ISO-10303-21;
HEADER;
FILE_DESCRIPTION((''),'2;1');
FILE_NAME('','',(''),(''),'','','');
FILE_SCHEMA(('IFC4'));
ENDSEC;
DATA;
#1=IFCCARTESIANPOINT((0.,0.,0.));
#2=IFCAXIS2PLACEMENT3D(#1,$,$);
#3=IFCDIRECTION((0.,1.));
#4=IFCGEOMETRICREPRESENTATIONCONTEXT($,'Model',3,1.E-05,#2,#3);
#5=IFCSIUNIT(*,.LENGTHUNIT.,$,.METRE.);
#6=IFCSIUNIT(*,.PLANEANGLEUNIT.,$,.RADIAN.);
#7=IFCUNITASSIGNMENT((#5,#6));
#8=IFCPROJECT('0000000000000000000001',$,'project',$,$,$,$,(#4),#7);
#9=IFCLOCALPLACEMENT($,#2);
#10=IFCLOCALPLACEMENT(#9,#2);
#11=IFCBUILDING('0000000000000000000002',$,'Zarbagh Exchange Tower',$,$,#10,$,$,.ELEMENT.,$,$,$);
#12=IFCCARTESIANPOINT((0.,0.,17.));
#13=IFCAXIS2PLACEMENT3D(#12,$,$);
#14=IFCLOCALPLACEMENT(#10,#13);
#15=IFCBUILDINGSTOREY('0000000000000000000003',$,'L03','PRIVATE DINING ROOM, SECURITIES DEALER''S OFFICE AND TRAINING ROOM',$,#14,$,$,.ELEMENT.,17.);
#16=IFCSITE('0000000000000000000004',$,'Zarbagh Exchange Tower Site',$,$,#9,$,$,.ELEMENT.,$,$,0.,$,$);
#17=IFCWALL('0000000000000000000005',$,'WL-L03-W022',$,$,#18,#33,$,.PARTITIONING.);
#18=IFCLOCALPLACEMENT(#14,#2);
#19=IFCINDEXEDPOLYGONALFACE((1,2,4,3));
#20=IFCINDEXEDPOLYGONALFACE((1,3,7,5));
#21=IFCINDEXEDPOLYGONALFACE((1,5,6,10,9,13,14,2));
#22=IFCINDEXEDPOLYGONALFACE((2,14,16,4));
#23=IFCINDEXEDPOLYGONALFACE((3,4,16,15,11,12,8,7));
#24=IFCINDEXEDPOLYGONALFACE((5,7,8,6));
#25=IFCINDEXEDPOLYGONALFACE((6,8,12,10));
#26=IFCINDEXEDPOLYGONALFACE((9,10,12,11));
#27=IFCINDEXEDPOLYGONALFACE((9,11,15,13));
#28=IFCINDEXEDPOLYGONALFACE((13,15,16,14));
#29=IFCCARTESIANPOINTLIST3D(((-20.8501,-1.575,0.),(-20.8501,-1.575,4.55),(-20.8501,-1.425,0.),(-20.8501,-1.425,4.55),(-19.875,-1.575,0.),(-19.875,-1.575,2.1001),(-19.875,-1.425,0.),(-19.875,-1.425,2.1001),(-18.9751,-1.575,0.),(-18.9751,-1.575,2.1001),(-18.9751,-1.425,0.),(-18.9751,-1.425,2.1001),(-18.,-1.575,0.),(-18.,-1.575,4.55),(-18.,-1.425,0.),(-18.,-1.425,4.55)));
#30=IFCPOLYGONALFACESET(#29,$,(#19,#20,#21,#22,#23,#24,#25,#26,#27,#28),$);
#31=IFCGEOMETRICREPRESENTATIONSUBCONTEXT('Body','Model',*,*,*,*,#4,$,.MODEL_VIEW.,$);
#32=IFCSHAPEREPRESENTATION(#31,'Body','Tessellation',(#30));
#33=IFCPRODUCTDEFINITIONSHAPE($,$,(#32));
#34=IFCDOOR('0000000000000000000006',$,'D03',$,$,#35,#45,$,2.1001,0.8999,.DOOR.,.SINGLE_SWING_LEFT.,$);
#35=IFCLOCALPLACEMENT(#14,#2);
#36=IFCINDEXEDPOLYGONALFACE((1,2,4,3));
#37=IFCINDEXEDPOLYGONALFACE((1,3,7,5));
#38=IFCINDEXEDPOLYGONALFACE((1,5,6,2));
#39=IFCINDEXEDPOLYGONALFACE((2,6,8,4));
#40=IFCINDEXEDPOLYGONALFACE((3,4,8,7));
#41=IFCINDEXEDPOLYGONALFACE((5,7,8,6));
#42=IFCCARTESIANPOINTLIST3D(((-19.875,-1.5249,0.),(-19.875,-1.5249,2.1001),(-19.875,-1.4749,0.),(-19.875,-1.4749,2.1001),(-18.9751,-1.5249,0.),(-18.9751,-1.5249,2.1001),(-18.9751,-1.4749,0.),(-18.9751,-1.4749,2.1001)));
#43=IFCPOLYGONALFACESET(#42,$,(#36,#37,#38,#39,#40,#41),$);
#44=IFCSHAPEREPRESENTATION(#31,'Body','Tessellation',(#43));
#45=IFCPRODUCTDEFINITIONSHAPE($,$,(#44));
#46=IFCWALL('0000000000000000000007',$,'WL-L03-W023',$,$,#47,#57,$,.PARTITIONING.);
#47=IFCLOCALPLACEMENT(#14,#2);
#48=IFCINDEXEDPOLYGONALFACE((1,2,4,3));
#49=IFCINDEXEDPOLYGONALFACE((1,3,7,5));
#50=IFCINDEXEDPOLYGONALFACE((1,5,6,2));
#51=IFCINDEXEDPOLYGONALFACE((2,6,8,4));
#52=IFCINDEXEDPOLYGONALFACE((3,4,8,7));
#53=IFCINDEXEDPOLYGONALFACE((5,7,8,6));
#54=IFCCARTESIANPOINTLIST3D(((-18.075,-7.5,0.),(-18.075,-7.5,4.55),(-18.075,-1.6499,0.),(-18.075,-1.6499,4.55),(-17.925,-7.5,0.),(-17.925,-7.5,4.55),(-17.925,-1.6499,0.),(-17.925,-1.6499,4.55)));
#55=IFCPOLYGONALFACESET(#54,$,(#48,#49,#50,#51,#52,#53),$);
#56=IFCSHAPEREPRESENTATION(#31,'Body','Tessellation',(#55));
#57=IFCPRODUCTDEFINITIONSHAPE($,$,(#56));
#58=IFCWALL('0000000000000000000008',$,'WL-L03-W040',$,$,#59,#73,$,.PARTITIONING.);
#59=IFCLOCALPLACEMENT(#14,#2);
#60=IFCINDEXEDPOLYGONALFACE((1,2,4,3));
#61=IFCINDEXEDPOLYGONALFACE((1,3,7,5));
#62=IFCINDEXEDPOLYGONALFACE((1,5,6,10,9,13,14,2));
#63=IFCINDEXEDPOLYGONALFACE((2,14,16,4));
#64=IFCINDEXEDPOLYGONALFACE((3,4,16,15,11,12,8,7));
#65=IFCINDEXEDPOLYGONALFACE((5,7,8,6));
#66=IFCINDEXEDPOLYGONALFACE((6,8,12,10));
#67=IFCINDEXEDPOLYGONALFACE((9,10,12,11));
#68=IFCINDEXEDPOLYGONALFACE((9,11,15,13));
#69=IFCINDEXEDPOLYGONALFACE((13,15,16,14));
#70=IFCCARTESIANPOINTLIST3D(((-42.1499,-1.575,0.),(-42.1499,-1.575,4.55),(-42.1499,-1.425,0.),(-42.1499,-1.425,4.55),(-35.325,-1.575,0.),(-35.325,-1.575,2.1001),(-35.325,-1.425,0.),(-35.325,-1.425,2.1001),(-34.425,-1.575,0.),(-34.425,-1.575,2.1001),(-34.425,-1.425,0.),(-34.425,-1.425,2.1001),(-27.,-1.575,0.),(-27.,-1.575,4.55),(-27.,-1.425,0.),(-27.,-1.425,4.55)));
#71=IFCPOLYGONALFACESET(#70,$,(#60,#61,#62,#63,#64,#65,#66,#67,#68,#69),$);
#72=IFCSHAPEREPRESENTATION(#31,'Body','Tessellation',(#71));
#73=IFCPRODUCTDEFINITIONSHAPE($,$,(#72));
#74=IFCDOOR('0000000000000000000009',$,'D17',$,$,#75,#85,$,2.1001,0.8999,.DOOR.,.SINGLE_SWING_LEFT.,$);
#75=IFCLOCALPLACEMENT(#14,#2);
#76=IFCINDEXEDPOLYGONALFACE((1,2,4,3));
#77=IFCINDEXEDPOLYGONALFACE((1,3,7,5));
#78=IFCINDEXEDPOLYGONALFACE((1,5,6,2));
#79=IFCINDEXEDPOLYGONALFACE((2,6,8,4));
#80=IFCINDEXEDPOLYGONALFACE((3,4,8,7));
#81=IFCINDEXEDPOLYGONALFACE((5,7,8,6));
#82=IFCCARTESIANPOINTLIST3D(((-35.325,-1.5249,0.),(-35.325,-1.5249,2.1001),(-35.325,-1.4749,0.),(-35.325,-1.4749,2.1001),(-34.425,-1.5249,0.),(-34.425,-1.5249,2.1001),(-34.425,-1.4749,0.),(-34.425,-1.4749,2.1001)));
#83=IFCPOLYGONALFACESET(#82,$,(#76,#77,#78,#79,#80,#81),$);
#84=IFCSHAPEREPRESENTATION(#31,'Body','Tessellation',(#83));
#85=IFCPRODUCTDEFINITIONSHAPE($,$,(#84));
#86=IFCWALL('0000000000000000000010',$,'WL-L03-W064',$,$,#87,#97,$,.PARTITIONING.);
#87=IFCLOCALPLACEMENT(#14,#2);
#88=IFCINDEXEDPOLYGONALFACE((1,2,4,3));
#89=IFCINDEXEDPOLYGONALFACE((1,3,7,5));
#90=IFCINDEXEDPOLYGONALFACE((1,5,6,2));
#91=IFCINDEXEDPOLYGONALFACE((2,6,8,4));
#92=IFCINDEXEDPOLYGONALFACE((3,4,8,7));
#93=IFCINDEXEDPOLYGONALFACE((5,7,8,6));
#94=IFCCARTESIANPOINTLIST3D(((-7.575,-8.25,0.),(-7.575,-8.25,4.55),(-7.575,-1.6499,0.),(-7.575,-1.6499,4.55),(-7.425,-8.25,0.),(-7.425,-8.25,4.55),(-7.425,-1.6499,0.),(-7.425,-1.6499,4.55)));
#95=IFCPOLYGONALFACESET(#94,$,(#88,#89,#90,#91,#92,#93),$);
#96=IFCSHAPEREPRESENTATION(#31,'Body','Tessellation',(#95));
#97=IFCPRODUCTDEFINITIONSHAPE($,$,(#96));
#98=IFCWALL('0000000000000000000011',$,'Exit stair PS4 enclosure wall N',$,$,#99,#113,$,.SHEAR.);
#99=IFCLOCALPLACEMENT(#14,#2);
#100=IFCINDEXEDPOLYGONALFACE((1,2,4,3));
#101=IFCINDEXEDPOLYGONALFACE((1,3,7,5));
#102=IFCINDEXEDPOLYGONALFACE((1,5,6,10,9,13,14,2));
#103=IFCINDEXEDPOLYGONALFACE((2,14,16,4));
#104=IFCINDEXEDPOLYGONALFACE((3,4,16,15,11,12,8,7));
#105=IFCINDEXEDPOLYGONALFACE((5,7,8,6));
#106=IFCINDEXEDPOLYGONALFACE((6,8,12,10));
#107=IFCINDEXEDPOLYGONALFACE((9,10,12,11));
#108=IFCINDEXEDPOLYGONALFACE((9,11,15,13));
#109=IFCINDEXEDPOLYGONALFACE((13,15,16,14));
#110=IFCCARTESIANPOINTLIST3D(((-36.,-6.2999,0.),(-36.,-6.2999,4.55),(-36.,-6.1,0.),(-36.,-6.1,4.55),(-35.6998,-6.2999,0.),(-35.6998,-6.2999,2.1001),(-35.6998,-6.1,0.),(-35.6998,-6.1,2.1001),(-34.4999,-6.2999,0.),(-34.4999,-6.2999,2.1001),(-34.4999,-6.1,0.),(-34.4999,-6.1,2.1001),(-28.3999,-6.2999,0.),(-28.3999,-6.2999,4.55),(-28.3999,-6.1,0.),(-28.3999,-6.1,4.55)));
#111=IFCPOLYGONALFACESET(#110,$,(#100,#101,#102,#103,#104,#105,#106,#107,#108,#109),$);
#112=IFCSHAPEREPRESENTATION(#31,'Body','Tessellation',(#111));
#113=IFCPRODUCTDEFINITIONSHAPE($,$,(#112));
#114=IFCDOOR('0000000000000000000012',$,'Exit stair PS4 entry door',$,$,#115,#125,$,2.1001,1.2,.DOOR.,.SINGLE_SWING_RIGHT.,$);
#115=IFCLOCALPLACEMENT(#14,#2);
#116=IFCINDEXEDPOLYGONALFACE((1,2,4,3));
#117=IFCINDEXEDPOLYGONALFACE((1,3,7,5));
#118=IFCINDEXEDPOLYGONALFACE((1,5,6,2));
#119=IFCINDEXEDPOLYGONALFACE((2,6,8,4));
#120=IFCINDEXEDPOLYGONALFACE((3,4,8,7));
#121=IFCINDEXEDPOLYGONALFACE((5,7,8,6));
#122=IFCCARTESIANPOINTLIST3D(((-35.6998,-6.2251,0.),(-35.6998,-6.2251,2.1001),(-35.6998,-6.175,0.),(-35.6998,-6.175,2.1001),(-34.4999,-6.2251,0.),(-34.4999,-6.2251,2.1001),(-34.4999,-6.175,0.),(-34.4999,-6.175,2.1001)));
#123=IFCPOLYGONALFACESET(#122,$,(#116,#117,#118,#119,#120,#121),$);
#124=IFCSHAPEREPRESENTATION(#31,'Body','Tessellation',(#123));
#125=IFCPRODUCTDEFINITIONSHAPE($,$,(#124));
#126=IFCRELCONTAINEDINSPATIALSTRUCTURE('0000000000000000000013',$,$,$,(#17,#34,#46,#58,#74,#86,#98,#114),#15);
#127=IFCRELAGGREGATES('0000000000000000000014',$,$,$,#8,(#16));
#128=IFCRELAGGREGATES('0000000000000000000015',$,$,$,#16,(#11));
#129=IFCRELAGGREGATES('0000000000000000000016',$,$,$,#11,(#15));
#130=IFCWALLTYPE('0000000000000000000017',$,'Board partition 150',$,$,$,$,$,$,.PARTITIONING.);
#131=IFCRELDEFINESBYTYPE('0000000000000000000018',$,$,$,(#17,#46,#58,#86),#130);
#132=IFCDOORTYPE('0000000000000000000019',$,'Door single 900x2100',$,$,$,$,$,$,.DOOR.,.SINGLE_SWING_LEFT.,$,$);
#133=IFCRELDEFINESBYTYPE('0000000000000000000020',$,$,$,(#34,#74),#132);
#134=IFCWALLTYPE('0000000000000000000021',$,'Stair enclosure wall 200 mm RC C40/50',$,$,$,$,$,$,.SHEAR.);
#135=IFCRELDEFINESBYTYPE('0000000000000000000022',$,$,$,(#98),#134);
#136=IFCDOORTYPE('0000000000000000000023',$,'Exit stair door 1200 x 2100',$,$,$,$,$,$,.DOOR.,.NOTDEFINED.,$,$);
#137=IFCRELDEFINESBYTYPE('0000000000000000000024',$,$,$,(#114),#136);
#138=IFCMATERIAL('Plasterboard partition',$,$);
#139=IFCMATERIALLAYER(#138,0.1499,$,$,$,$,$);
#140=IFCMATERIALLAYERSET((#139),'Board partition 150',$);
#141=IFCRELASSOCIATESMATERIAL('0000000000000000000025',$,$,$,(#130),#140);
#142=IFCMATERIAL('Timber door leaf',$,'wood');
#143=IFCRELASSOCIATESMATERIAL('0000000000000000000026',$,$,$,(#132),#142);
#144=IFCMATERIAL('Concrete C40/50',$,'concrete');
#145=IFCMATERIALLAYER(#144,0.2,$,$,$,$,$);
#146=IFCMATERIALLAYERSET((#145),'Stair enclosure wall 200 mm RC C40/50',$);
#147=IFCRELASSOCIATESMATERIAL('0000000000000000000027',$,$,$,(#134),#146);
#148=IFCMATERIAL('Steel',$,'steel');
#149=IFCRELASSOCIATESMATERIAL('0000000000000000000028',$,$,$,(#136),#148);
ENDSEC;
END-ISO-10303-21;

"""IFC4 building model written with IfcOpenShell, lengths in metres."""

from ifc_helpers import new_model, si_unit, direction, frame, frame_2d, origin, place, context, subcontext, project, spatial, rectangle, extrude, material, layer, layer_set, type_object, element, fill, save


model = new_model("IFC4")

# Units and contexts
model_context = context("Model", 3, precision=1e-05, world=origin(), true_north=direction((0.0, 1.0)))
body_context = subcontext(model_context, "Body", "Model", "MODEL_VIEW")
ifc_project = project(units=[si_unit("LENGTHUNIT", "METRE"), si_unit("PLANEANGLEUNIT", "RADIAN")], contexts=[model_context])

# Site, building, storey
site_placement = place(None, origin())
site = spatial("IfcSite", under=ifc_project, at=site_placement, Name="Zarbagh Exchange Tower Site", CompositionType="ELEMENT", RefElevation=0.0)
building_placement = place(site_placement, origin())
building = spatial("IfcBuilding", under=site, at=building_placement, Name="Zarbagh Exchange Tower", CompositionType="ELEMENT")
storey_placement = place(building_placement, frame((0.0, 0.0, 17.0)))
storey = spatial("IfcBuildingStorey", under=building, at=storey_placement, Name="L03", Description="PRIVATE DINING ROOM, SECURITIES DEALER'S OFFICE AND TRAINING ROOM", CompositionType="ELEMENT", Elevation=17.0)

# Shared definitions
ifc_material_1 = material(Name="Plasterboard partition")
ifc_layer_1 = layer(ifc_material_1, 0.1499)
ifc_layer_set_1 = layer_set([ifc_layer_1], Name="Board partition 150")
wall_type_1 = type_object("IfcWallType", Name="Board partition 150", PredefinedType="PARTITIONING", material=ifc_layer_set_1)

# Shared definitions
ifc_material_2 = material(Name="Timber door leaf", Category="wood")
door_type_1 = type_object("IfcDoorType", Name="Door single 900x2100", OperationType="SINGLE_SWING_LEFT", PredefinedType="DOOR", material=ifc_material_2)

# Wall, opening, door
wall_1_placement = place(storey_placement, frame((-18.0, -1.5, 0.0), z_axis=(0.0, 0.0, 1.0), x_axis=(-1.0, 0.0, 0.0)))
wall_1 = element("IfcWall", 1, at=wall_1_placement, inside=storey, type_object=wall_type_1, Name="WL-L03-W022", PredefinedType="PARTITIONING", context=body_context, shape_type="SweptSolid", body=[
    extrude(rectangle(XDim=2.8501, YDim=0.1499, at=frame_2d((1.425, 0.0))), origin(), (0.0, 0.0, 1.0), 4.55),
])
opening_1_placement = place(wall_1_placement, frame((0.9751, 0.0, 0.0)))
opening_1 = element("IfcOpeningElement", 2, at=opening_1_placement, cuts=wall_1, PredefinedType="OPENING", context=body_context, shape_type="SweptSolid", body=[
    extrude(rectangle(XDim=0.8999, YDim=2.1001, at=frame_2d((0.45, 1.05))), frame((0.0, 0.085, 0.0), z_axis=(0.0, -1.0, 0.0), x_axis=(1.0, 0.0, 0.0)), (0.0, 0.0, 1.0), 0.1699),
])
door_1_placement = place(opening_1_placement, origin())
door_1 = element("IfcDoor", 3, at=door_1_placement, inside=storey, type_object=door_type_1, Name="D03", OperationType="SINGLE_SWING_LEFT", OverallHeight=2.1001, OverallWidth=0.8999, PredefinedType="DOOR", context=body_context, shape_type="SweptSolid", body=[
    extrude(rectangle(XDim=0.8999, YDim=2.1001, at=frame_2d((0.45, 1.05))), frame((0.0, 0.0249, 0.0), z_axis=(0.0, -1.0, 0.0), x_axis=(1.0, 0.0, 0.0)), (0.0, 0.0, 1.0), 0.05),
])
fill(opening_1, door_1)

# Wall
wall_2_placement = place(storey_placement, frame((-18.0, -1.6499, 0.0), z_axis=(0.0, 0.0, 1.0), x_axis=(0.0, -1.0, 0.0)))
element("IfcWall", 4, at=wall_2_placement, inside=storey, type_object=wall_type_1, Name="WL-L03-W023", PredefinedType="PARTITIONING", context=body_context, shape_type="SweptSolid", body=[
    extrude(rectangle(XDim=5.8501, YDim=0.1499, at=frame_2d((2.925, 0.0))), origin(), (0.0, 0.0, 1.0), 4.55),
])

# Wall, opening, door
wall_3_placement = place(storey_placement, frame((-27.0, -1.5, 0.0), z_axis=(0.0, 0.0, 1.0), x_axis=(-1.0, 0.0, 0.0)))
wall_3 = element("IfcWall", 5, at=wall_3_placement, inside=storey, type_object=wall_type_1, Name="WL-L03-W040", PredefinedType="PARTITIONING", context=body_context, shape_type="SweptSolid", body=[
    extrude(rectangle(XDim=15.1499, YDim=0.1499, at=frame_2d((7.575, 0.0))), origin(), (0.0, 0.0, 1.0), 4.55),
])
opening_2_placement = place(wall_3_placement, frame((7.425, 0.0, 0.0)))
opening_2 = element("IfcOpeningElement", 6, at=opening_2_placement, cuts=wall_3, PredefinedType="OPENING", context=body_context, shape_type="SweptSolid", body=[
    extrude(rectangle(XDim=0.8999, YDim=2.1001, at=frame_2d((0.45, 1.05))), frame((0.0, 0.085, 0.0), z_axis=(0.0, -1.0, 0.0), x_axis=(1.0, 0.0, 0.0)), (0.0, 0.0, 1.0), 0.1699),
])
door_2_placement = place(opening_2_placement, origin())
door_2 = element("IfcDoor", 7, at=door_2_placement, inside=storey, type_object=door_type_1, Name="D17", OperationType="SINGLE_SWING_LEFT", OverallHeight=2.1001, OverallWidth=0.8999, PredefinedType="DOOR", context=body_context, shape_type="SweptSolid", body=[
    extrude(rectangle(XDim=0.8999, YDim=2.1001, at=frame_2d((0.45, 1.05))), frame((0.0, 0.0249, 0.0), z_axis=(0.0, -1.0, 0.0), x_axis=(1.0, 0.0, 0.0)), (0.0, 0.0, 1.0), 0.05),
])
fill(opening_2, door_2)

# Wall
wall_4_placement = place(storey_placement, frame((-7.5, -1.6499, 0.0), z_axis=(0.0, 0.0, 1.0), x_axis=(0.0, -1.0, 0.0)))
element("IfcWall", 8, at=wall_4_placement, inside=storey, type_object=wall_type_1, Name="WL-L03-W064", PredefinedType="PARTITIONING", context=body_context, shape_type="SweptSolid", body=[
    extrude(rectangle(XDim=6.6001, YDim=0.1499, at=frame_2d((3.3, 0.0))), origin(), (0.0, 0.0, 1.0), 4.55),
])

# Wall, opening, door
ifc_material_3 = material(Name="Concrete C40/50", Category="concrete")
ifc_layer_2 = layer(ifc_material_3, 0.2)
ifc_layer_set_2 = layer_set([ifc_layer_2], Name="Stair enclosure wall 200 mm RC C40/50")
wall_type_2 = type_object("IfcWallType", Name="Stair enclosure wall 200 mm RC C40/50", PredefinedType="SHEAR", material=ifc_layer_set_2)
wall_5_placement = place(storey_placement, frame((-36.0, -6.2, 0.0), z_axis=(0.0, 0.0, 1.0), x_axis=(1.0, 0.0, 0.0)))
wall_5 = element("IfcWall", 9, at=wall_5_placement, inside=storey, type_object=wall_type_2, Name="Exit stair PS4 enclosure wall N", PredefinedType="SHEAR", context=body_context, shape_type="SweptSolid", body=[
    extrude(rectangle(XDim=7.6001, YDim=0.2, at=frame_2d((3.8, 0.0))), origin(), (0.0, 0.0, 1.0), 4.55),
])
opening_3_placement = place(wall_5_placement, frame((0.3, 0.0, 0.0)))
opening_3 = element("IfcOpeningElement", 10, at=opening_3_placement, cuts=wall_5, PredefinedType="OPENING", context=body_context, shape_type="SweptSolid", body=[
    extrude(rectangle(XDim=1.2, YDim=2.1001, at=frame_2d((0.6001, 1.05))), frame((0.0, 0.1099, 0.0), z_axis=(0.0, -1.0, 0.0), x_axis=(1.0, 0.0, 0.0)), (0.0, 0.0, 1.0), 0.22),
])
ifc_material_4 = material(Name="Steel", Category="steel")
door_type_2 = type_object("IfcDoorType", Name="Exit stair door 1200 x 2100", OperationType="NOTDEFINED", PredefinedType="DOOR", material=ifc_material_4)
door_3_placement = place(opening_3_placement, origin())
door_3 = element("IfcDoor", 11, at=door_3_placement, inside=storey, type_object=door_type_2, Name="Exit stair PS4 entry door", OperationType="SINGLE_SWING_RIGHT", OverallHeight=2.1001, OverallWidth=1.2, PredefinedType="DOOR", context=body_context, shape_type="SweptSolid", body=[
    extrude(rectangle(XDim=1.2, YDim=2.1001, at=frame_2d((0.6001, 1.05))), frame((0.0, 0.0249, 0.0), z_axis=(0.0, -1.0, 0.0), x_axis=(1.0, 0.0, 0.0)), (0.0, 0.0, 1.0), 0.05),
])
fill(opening_3, door_3)

save(model, "model.ifc")
